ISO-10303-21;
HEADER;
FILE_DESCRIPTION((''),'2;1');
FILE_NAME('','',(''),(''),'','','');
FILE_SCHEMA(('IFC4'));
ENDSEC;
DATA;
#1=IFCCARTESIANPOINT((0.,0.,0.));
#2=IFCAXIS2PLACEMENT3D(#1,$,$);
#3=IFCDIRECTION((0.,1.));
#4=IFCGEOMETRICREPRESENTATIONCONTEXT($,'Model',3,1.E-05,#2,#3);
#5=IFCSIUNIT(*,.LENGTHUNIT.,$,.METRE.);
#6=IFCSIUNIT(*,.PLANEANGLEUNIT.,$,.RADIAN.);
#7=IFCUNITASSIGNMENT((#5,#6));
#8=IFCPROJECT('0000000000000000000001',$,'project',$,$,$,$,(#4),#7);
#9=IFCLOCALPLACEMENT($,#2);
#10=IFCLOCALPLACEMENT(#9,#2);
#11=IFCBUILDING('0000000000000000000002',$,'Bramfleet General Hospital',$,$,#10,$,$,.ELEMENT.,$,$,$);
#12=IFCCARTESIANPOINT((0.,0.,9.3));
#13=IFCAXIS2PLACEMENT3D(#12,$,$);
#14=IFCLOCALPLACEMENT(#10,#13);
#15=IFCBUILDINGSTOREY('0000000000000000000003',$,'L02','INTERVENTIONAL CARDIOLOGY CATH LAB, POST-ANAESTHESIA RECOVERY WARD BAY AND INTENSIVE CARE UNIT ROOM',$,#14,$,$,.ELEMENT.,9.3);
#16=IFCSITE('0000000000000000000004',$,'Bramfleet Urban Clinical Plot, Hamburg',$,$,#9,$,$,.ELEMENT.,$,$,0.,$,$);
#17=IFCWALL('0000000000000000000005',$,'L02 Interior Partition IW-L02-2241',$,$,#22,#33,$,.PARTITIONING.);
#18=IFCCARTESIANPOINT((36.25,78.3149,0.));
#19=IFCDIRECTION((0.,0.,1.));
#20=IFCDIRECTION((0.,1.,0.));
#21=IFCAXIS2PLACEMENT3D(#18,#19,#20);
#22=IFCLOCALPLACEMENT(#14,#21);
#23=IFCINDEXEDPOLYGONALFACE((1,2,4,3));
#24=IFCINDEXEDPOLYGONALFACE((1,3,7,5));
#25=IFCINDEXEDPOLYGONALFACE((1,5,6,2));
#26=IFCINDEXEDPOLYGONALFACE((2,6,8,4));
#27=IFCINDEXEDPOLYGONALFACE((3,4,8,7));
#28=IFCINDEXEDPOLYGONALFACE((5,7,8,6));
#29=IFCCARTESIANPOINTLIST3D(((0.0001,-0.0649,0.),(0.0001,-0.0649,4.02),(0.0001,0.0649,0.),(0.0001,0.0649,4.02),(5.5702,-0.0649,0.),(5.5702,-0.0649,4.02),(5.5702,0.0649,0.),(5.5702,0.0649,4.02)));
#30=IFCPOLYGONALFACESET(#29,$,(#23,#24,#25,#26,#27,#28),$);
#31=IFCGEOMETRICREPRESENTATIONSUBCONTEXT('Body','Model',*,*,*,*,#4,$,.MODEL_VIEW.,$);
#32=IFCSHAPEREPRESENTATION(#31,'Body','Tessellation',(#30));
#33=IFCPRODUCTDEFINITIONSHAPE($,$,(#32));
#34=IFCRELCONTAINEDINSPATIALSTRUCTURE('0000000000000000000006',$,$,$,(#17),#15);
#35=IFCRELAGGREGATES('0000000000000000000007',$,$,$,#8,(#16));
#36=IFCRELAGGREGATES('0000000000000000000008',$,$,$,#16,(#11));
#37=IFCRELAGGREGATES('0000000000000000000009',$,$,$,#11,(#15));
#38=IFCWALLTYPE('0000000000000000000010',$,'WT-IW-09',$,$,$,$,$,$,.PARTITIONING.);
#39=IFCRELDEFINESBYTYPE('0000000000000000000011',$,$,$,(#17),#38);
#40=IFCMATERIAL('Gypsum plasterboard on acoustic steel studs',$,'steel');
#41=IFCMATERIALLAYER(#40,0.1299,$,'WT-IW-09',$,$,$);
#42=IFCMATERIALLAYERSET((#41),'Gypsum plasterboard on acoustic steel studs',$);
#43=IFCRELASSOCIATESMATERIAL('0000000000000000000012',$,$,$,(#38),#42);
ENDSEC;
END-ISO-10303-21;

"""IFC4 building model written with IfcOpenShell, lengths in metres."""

from ifc_helpers import new_model, si_unit, direction, frame, frame_2d, origin, place, context, subcontext, project, spatial, rectangle, extrude, material, layer, layer_set, type_object, element, save


model = new_model("IFC4")

# Units and contexts
model_context = context("Model", 3, precision=1e-05, world=origin(), true_north=direction((0.0, 1.0)))
body_context = subcontext(model_context, "Body", "Model", "MODEL_VIEW")
ifc_project = project(units=[si_unit("LENGTHUNIT", "METRE"), si_unit("PLANEANGLEUNIT", "RADIAN")], contexts=[model_context])

# Site, building, storey
site_placement = place(None, origin())
site = spatial("IfcSite", under=ifc_project, at=site_placement, Name="Bramfleet Urban Clinical Plot, Hamburg", CompositionType="ELEMENT", RefElevation=0.0)
building_placement = place(site_placement, origin())
building = spatial("IfcBuilding", under=site, at=building_placement, Name="Bramfleet General Hospital", CompositionType="ELEMENT")
storey_placement = place(building_placement, frame((0.0, 0.0, 9.3)))
storey = spatial("IfcBuildingStorey", under=building, at=storey_placement, Name="L02", Description="INTERVENTIONAL CARDIOLOGY CATH LAB, POST-ANAESTHESIA RECOVERY WARD BAY AND INTENSIVE CARE UNIT ROOM", CompositionType="ELEMENT", Elevation=9.3)

# Shared definitions
ifc_material_1 = material(Name="Gypsum plasterboard on acoustic steel studs", Category="steel")

# Wall
ifc_layer_1 = layer(ifc_material_1, 0.1299, Name="WT-IW-09")
ifc_layer_set_1 = layer_set([ifc_layer_1], Name="Gypsum plasterboard on acoustic steel studs")
wall_type_1 = type_object("IfcWallType", Name="WT-IW-09", PredefinedType="PARTITIONING", material=ifc_layer_set_1)
wall_1_placement = place(storey_placement, frame((36.25, 78.3149, 0.0), z_axis=(0.0, 0.0, 1.0), x_axis=(0.0, 1.0, 0.0)))
element("IfcWall", 1, at=wall_1_placement, inside=storey, type_object=wall_type_1, Name="L02 Interior Partition IW-L02-2241", PredefinedType="PARTITIONING", context=body_context, shape_type="SweptSolid", body=[
    extrude(rectangle(XDim=5.5701, YDim=0.1299, at=frame_2d((2.7852, 0.0))), origin(), (0.0, 0.0, 1.0), 4.02),
])

save(model, "model.ifc")
